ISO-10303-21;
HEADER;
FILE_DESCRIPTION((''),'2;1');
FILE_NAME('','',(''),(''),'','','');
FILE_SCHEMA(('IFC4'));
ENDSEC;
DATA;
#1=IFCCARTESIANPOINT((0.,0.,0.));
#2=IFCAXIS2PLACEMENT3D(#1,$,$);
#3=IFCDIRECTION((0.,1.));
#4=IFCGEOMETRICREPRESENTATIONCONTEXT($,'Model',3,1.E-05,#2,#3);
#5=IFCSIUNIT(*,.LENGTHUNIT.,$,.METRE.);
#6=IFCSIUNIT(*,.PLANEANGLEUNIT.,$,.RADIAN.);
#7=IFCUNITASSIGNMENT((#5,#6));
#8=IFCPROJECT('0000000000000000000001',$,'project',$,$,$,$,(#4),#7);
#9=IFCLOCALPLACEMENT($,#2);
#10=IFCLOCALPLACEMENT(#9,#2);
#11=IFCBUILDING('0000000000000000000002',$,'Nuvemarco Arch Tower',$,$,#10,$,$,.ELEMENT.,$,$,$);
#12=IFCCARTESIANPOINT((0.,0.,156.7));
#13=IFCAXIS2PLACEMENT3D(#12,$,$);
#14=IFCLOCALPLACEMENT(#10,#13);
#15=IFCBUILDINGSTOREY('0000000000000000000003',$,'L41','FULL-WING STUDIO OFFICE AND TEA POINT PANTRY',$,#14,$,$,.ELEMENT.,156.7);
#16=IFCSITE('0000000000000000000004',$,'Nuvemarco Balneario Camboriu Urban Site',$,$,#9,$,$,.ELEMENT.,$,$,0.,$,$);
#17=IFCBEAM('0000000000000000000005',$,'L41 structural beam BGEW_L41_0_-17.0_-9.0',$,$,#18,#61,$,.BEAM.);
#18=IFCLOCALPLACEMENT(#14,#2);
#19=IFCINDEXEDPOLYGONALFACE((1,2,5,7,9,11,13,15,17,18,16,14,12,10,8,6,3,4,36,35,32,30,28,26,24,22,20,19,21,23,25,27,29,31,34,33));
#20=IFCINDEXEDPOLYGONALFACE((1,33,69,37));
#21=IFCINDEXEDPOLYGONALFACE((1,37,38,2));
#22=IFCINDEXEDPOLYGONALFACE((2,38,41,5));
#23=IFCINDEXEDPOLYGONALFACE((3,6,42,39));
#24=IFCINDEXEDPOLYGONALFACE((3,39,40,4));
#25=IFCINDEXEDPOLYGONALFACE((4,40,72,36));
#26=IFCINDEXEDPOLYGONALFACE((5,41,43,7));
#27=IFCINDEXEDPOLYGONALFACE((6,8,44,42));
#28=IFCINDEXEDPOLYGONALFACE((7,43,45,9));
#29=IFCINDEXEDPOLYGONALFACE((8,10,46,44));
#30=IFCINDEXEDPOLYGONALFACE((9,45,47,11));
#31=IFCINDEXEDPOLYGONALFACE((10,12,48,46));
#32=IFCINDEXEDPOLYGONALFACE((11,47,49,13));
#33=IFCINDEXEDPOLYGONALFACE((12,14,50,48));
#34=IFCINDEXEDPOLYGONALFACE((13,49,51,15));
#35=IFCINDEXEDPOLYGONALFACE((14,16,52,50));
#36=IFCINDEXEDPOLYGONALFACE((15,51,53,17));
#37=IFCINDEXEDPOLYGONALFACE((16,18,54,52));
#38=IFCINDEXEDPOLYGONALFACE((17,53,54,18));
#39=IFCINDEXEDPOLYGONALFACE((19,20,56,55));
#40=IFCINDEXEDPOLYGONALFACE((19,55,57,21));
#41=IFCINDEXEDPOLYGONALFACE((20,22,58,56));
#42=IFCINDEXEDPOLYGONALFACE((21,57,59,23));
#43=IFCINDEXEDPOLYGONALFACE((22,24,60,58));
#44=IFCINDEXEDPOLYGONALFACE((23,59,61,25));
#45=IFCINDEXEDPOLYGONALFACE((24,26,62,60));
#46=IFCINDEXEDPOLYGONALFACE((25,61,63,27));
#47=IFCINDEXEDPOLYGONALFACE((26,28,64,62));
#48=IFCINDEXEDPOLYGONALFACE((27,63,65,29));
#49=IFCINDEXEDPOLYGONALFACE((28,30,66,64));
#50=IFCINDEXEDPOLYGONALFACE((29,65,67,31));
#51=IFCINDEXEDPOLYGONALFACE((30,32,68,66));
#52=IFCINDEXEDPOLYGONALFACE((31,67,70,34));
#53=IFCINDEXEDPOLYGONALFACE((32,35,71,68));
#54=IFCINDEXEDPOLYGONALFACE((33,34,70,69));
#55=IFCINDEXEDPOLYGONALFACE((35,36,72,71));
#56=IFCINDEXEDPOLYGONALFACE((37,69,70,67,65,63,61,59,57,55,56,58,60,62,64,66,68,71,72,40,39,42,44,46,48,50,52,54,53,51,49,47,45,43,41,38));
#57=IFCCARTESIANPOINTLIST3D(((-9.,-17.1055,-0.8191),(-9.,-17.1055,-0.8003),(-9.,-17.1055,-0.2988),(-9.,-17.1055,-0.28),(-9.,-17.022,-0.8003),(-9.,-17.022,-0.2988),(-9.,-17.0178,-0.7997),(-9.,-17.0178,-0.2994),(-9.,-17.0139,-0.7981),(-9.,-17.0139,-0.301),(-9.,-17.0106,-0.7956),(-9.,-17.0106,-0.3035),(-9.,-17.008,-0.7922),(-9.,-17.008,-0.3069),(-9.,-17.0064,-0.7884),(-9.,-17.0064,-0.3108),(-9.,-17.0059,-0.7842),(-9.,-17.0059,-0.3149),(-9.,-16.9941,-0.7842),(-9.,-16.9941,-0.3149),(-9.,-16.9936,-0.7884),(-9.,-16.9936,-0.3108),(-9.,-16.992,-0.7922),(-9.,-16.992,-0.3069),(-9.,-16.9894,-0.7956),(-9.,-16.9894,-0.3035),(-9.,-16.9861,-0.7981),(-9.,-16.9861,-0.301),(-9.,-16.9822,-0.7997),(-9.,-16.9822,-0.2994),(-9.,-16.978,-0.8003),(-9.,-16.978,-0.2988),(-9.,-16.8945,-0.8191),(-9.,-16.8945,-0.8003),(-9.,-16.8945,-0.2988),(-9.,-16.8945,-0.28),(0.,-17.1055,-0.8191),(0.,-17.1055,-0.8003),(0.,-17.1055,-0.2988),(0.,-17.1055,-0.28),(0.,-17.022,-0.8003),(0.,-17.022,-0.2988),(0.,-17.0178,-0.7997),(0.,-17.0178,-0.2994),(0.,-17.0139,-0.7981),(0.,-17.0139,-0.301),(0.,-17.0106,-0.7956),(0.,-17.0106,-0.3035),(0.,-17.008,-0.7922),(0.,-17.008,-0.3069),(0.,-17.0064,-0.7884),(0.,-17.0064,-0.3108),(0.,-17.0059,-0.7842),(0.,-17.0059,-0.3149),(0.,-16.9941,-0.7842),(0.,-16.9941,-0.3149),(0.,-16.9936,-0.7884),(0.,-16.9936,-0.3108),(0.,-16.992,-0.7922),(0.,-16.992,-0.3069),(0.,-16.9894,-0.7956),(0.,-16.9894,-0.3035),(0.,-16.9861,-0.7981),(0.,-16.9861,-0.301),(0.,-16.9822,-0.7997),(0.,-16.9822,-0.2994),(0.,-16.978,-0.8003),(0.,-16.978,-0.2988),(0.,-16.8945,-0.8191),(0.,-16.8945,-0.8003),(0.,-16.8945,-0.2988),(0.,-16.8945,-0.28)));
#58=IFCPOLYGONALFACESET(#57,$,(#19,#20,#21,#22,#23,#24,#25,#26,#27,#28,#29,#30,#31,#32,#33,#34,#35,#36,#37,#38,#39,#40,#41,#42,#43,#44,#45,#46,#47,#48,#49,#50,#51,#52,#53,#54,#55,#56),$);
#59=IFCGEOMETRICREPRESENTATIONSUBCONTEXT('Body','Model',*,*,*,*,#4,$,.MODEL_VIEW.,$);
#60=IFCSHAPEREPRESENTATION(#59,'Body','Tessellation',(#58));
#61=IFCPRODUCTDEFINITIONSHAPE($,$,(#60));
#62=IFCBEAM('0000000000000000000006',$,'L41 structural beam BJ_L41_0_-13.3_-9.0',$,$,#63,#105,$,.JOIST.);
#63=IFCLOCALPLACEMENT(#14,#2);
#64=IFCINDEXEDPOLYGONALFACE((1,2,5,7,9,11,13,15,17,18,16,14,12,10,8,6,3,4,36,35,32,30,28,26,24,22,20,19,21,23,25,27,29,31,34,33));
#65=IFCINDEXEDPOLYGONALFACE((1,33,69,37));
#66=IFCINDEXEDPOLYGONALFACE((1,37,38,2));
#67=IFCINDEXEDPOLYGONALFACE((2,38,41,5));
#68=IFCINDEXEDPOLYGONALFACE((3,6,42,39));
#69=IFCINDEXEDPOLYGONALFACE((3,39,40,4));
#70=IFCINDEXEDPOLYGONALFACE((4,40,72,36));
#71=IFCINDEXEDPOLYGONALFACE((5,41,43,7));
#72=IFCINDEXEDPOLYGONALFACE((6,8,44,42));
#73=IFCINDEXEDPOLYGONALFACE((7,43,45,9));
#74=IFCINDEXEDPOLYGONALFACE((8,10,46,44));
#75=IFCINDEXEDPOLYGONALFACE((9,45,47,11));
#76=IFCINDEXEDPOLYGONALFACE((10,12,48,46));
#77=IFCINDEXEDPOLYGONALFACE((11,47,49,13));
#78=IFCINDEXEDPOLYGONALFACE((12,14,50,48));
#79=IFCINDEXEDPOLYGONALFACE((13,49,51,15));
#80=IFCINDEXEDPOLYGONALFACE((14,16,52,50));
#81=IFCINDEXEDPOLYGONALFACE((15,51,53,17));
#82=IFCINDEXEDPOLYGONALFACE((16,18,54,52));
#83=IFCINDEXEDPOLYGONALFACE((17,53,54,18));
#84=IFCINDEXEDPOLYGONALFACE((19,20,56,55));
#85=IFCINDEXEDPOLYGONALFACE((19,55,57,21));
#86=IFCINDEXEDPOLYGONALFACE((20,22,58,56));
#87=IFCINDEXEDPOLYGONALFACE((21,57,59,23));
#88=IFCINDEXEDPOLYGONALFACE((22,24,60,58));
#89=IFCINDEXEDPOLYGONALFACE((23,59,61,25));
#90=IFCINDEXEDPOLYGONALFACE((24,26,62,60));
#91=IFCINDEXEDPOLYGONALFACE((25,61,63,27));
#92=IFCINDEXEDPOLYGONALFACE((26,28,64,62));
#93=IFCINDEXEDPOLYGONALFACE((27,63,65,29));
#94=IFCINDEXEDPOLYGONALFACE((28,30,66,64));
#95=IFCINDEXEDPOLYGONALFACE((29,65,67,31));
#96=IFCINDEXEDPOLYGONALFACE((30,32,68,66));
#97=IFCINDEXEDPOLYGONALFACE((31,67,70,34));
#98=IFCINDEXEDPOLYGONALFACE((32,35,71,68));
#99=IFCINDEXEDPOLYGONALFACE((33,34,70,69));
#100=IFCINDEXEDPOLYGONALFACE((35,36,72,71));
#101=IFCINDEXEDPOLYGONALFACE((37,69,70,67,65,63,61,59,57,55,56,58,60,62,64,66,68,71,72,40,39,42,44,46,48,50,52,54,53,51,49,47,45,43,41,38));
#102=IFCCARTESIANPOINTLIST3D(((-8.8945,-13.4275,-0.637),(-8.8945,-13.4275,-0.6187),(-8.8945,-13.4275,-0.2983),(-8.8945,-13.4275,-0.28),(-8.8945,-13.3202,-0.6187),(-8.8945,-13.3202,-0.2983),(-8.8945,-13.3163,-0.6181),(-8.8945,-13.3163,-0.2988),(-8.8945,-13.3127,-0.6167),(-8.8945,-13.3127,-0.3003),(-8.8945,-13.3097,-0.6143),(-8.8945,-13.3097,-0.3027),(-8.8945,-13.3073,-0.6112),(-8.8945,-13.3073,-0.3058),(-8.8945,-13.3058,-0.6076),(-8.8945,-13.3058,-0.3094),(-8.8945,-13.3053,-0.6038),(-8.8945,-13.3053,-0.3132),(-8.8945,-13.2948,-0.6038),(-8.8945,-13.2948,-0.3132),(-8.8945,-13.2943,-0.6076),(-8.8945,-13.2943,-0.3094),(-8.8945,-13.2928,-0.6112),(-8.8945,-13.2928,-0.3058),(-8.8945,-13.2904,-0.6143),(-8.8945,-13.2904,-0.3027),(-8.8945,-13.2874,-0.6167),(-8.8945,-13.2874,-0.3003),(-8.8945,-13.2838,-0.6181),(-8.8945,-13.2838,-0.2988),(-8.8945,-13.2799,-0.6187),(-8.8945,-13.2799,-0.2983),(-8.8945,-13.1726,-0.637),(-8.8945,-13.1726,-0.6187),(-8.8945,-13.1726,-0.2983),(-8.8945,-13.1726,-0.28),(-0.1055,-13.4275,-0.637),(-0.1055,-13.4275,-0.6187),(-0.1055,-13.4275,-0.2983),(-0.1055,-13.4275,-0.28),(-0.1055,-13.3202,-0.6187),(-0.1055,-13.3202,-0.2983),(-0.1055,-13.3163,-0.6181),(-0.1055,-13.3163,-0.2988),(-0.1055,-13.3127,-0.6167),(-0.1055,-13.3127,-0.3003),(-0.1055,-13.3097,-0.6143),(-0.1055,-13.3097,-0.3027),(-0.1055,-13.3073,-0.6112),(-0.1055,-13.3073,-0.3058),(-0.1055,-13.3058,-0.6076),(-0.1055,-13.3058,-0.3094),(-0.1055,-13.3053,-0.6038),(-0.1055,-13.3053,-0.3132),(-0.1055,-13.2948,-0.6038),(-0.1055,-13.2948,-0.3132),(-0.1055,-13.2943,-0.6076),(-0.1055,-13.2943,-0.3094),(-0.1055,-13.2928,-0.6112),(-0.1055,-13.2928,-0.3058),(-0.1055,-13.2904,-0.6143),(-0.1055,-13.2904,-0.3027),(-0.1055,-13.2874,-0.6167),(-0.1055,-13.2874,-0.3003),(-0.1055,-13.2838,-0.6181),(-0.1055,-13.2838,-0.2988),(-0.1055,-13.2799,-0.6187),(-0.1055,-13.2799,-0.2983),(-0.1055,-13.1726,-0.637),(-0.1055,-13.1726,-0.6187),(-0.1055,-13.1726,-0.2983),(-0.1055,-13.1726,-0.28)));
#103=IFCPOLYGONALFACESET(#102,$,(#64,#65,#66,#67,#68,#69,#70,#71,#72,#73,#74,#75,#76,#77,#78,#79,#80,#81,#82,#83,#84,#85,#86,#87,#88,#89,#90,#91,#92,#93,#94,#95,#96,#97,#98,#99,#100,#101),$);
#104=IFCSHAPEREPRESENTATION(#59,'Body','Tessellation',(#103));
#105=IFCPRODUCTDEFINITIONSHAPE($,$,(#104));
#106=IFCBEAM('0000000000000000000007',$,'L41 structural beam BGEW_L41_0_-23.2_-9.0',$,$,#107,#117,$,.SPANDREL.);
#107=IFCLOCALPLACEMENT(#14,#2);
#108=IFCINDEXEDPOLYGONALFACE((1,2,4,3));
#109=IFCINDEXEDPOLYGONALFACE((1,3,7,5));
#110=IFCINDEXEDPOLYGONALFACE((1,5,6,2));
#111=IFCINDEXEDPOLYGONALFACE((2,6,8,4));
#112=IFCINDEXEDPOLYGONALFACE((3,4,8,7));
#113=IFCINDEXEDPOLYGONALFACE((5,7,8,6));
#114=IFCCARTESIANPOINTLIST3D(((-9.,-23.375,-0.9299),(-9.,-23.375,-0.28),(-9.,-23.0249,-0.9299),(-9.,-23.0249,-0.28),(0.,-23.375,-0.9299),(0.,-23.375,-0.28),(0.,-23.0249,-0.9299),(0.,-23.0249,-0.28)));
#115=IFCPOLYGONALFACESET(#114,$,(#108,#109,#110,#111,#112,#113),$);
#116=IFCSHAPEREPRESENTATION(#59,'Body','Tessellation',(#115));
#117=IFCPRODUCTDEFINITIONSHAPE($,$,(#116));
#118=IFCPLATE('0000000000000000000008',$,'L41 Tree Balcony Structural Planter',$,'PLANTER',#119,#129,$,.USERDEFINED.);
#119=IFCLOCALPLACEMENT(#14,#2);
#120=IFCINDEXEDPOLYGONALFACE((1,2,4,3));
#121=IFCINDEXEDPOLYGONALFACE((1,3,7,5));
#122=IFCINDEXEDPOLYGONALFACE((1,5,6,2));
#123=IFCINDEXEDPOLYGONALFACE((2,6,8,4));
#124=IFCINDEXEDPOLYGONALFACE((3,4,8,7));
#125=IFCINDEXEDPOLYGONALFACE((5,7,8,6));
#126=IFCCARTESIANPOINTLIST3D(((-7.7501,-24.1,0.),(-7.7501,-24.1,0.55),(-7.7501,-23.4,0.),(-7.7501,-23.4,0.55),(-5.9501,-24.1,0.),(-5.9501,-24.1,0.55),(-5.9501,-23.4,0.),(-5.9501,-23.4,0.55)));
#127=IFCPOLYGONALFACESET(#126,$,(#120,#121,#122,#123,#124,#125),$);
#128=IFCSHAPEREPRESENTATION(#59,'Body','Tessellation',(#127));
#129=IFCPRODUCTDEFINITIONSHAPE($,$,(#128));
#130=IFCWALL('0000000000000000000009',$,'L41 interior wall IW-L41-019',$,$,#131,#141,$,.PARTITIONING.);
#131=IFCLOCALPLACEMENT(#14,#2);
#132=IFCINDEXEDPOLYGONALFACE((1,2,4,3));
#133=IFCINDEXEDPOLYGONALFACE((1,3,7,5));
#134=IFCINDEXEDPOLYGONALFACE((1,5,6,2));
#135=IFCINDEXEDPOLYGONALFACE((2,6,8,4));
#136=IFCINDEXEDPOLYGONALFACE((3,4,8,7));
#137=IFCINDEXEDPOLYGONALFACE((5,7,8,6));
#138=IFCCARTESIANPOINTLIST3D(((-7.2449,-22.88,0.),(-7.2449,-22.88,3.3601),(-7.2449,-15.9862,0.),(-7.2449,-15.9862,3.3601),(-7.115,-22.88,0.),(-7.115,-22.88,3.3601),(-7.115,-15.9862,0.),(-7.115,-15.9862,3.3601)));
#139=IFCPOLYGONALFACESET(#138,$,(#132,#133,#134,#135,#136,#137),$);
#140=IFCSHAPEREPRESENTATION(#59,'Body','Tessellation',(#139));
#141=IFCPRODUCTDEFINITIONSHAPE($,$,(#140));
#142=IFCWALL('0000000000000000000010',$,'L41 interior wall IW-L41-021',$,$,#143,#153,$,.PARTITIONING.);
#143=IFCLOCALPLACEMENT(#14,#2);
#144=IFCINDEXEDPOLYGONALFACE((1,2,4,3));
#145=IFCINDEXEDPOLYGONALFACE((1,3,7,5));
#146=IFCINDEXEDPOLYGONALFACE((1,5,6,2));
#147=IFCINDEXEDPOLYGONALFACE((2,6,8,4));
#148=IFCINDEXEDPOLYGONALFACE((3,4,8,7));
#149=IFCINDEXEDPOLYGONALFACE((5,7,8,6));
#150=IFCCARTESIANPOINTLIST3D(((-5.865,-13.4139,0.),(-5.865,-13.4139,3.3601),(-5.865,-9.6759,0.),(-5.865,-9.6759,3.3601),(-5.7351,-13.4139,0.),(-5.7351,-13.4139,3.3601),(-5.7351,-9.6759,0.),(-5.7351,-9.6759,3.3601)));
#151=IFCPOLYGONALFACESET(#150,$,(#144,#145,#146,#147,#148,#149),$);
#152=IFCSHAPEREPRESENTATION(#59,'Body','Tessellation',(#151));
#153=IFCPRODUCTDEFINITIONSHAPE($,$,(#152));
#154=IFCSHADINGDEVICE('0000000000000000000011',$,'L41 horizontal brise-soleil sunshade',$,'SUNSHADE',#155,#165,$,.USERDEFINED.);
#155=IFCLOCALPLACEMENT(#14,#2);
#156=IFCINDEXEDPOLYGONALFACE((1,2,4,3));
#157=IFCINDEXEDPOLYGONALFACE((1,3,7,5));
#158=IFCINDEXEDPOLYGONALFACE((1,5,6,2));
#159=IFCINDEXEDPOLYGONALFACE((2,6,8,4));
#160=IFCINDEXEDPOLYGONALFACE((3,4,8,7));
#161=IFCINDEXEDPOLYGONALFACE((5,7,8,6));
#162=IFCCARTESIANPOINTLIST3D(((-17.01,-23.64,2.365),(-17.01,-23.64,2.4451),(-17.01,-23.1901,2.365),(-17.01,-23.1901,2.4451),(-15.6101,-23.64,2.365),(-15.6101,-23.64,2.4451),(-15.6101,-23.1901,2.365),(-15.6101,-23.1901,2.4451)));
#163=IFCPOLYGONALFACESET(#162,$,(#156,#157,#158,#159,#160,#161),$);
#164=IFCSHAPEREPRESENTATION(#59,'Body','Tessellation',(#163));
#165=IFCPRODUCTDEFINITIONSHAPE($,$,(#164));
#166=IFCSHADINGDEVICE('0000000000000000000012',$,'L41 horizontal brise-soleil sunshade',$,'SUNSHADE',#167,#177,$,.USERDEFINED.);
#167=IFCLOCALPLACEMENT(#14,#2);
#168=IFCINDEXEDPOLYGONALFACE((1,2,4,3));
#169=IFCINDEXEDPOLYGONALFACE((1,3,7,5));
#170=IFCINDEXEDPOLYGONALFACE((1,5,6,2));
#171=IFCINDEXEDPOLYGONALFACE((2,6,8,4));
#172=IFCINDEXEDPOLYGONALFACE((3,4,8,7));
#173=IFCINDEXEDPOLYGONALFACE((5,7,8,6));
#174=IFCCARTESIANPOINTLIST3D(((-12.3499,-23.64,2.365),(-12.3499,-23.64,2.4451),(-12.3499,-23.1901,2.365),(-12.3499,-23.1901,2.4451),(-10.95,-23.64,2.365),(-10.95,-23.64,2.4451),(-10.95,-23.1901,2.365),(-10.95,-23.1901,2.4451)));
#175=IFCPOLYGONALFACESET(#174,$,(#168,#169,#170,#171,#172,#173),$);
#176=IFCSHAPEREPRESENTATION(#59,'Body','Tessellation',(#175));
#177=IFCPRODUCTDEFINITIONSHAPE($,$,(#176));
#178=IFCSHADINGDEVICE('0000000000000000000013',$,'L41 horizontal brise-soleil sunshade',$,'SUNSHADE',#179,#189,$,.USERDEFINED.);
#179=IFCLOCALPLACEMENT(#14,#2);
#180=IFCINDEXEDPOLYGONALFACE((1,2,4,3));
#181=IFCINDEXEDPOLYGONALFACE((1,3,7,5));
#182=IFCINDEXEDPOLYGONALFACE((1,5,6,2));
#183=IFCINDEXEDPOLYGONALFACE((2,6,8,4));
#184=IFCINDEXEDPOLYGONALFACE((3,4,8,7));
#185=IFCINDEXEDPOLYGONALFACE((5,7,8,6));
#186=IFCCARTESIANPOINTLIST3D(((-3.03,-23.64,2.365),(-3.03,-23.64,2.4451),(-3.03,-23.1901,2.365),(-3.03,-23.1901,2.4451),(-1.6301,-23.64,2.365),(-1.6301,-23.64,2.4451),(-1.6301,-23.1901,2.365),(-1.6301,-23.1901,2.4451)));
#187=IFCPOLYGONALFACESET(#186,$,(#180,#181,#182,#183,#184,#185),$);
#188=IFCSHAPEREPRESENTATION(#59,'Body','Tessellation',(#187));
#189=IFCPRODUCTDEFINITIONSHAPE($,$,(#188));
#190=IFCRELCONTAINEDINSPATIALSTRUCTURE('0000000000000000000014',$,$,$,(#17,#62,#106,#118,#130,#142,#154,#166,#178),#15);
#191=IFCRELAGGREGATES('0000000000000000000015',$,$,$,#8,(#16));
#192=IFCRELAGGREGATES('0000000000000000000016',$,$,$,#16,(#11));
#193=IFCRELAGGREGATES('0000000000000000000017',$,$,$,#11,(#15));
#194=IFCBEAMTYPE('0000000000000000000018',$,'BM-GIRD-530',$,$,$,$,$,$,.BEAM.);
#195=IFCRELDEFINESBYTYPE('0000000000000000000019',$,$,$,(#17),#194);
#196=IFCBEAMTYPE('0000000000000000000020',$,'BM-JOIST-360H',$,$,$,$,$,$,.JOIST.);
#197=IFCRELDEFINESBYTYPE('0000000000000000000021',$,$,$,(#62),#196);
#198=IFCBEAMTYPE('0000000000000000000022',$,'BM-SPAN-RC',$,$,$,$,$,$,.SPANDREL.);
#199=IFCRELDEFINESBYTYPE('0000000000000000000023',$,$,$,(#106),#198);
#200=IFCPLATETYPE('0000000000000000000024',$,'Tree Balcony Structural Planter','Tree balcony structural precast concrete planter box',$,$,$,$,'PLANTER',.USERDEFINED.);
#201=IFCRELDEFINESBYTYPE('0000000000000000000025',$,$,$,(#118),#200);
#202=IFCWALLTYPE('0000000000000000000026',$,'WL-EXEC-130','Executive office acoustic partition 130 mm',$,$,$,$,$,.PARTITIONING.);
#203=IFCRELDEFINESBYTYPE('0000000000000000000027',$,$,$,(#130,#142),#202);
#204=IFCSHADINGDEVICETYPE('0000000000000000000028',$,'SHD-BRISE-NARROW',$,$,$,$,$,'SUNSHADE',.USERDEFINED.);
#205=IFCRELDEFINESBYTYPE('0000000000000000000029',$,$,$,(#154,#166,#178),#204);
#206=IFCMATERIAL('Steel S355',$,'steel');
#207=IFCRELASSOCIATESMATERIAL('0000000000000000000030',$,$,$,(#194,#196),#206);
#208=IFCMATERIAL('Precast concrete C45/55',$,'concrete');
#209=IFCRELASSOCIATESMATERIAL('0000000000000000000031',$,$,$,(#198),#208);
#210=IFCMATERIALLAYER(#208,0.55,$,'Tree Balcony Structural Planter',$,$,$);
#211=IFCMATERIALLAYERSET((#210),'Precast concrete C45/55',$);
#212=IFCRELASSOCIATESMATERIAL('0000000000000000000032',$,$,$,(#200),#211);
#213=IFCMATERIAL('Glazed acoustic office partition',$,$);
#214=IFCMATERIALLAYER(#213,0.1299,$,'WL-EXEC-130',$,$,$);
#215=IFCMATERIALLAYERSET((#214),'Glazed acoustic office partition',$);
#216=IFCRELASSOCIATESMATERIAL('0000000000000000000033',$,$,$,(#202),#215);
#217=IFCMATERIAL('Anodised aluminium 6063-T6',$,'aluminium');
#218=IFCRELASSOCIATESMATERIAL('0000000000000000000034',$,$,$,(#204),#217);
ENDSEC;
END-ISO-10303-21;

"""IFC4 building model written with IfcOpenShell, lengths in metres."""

from ifc_helpers import new_model, si_unit, direction, frame, frame_2d, origin, origin_2d, place, context, subcontext, project, spatial, rectangle, i_section, extrude, source, transform, mapped, material, layer, layer_set, material_profile, profile_set, type_object, type_shapes, element, save


model = new_model("IFC4")

# Units and contexts
model_context = context("Model", 3, precision=1e-05, world=origin(), true_north=direction((0.0, 1.0)))
body_context = subcontext(model_context, "Body", "Model", "MODEL_VIEW")
ifc_project = project(units=[si_unit("LENGTHUNIT", "METRE"), si_unit("PLANEANGLEUNIT", "RADIAN")], contexts=[model_context])

# Site, building, storey
site_placement = place(None, origin())
site = spatial("IfcSite", under=ifc_project, at=site_placement, Name="Nuvemarco Balneario Camboriu Urban Site", CompositionType="ELEMENT", RefElevation=0.0)
building_placement = place(site_placement, origin())
building = spatial("IfcBuilding", under=site, at=building_placement, Name="Nuvemarco Arch Tower", CompositionType="ELEMENT")
storey_placement = place(building_placement, frame((0.0, 0.0, 156.7)))
storey = spatial("IfcBuildingStorey", under=building, at=storey_placement, Name="L41", Description="FULL-WING STUDIO OFFICE AND TEA POINT PANTRY", CompositionType="ELEMENT", Elevation=156.7)

# Shared definitions
ifc_material_1 = material(Name="Steel S355", Category="steel")

# Beams
ifc_material_profile_1 = material_profile(ifc_material_1, i_section(OverallWidth=0.2109, OverallDepth=0.5391, WebThickness=0.0117, FlangeThickness=0.0188, FilletRadius=0.0161, at=origin_2d()), Name="W530x109")
ifc_profile_set_1 = profile_set([ifc_material_profile_1], Name="Steel S355")
beam_type_1 = type_object("IfcBeamType", Name="BM-GIRD-530", PredefinedType="BEAM", material=ifc_profile_set_1)
beam_1_placement = place(storey_placement, frame((-9.0, -17.0, -0.5496), z_axis=(1.0, 0.0, 0.0), x_axis=(0.0, 1.0, 0.0)))
element("IfcBeam", 1, at=beam_1_placement, inside=storey, type_object=beam_type_1, Name="L41 structural beam BGEW_L41_0_-17.0_-9.0", PredefinedType="BEAM", context=body_context, shape_type="SweptSolid", body=[
    extrude(i_section(OverallWidth=0.2109, OverallDepth=0.5391, WebThickness=0.0117, FlangeThickness=0.0188, FilletRadius=0.0161, at=origin_2d()), origin(), (0.0, 0.0, 1.0), 9.0),
])
ifc_material_profile_2 = material_profile(ifc_material_1, i_section(OverallWidth=0.2549, OverallDepth=0.3569, WebThickness=0.0105, FlangeThickness=0.0183, FilletRadius=0.0149, at=origin_2d()), Name="W360x101")
ifc_profile_set_2 = profile_set([ifc_material_profile_2], Name="Steel S355")
beam_type_2 = type_object("IfcBeamType", Name="BM-JOIST-360H", PredefinedType="JOIST", material=ifc_profile_set_2)
beam_2_placement = place(storey_placement, frame((-8.8945, -13.3, -0.4585), z_axis=(1.0, 0.0, 0.0), x_axis=(0.0, 1.0, 0.0)))
element("IfcBeam", 2, at=beam_2_placement, inside=storey, type_object=beam_type_2, Name="L41 structural beam BJ_L41_0_-13.3_-9.0", PredefinedType="JOIST", context=body_context, shape_type="SweptSolid", body=[
    extrude(i_section(OverallWidth=0.2549, OverallDepth=0.3569, WebThickness=0.0105, FlangeThickness=0.0183, FilletRadius=0.0149, at=origin_2d()), origin(), (0.0, 0.0, 1.0), 8.7891),
])
ifc_material_2 = material(Name="Precast concrete C45/55", Category="concrete")
ifc_material_profile_3 = material_profile(ifc_material_2, rectangle(XDim=0.3501, YDim=0.6499, at=origin_2d()), Name="PC-SP-350x650")
ifc_profile_set_3 = profile_set([ifc_material_profile_3], Name="Precast concrete C45/55")
beam_type_3 = type_object("IfcBeamType", Name="BM-SPAN-RC", PredefinedType="SPANDREL", material=ifc_profile_set_3)
beam_3_placement = place(storey_placement, frame((-9.0, -23.2, -0.605), z_axis=(1.0, 0.0, 0.0), x_axis=(0.0, 1.0, 0.0)))
element("IfcBeam", 3, at=beam_3_placement, inside=storey, type_object=beam_type_3, Name="L41 structural beam BGEW_L41_0_-23.2_-9.0", PredefinedType="SPANDREL", context=body_context, shape_type="SweptSolid", body=[
    extrude(rectangle(XDim=0.3501, YDim=0.6499, at=origin_2d()), origin(), (0.0, 0.0, 1.0), 9.0),
])

# Plate
ifc_layer_1 = layer(ifc_material_2, 0.55, Name="Tree Balcony Structural Planter")
ifc_layer_set_1 = layer_set([ifc_layer_1], Name="Precast concrete C45/55")
plate_type = type_object("IfcPlateType", Name="Tree Balcony Structural Planter", Description="Tree balcony structural precast concrete planter box", ElementType="PLANTER", PredefinedType="USERDEFINED", material=ifc_layer_set_1)
shared_shape_1 = source(origin(), body_context, "Body", "SweptSolid", [
    extrude(rectangle(XDim=1.8, YDim=0.7, at=origin_2d()), origin(), (0.0, 0.0, 1.0), 0.55),
])
type_shapes(plate_type, [shared_shape_1])
plate_placement = place(storey_placement, frame((-6.8501, -23.75, 0.0), z_axis=(0.0, 0.0, 1.0), x_axis=(1.0, 0.0, 0.0)))
element("IfcPlate", 4, at=plate_placement, inside=storey, type_object=plate_type, Name="L41 Tree Balcony Structural Planter", ObjectType="PLANTER", PredefinedType="USERDEFINED", context=body_context, shape_type="MappedRepresentation", body=[
    mapped(shared_shape_1, transform((0.0, 0.0, 0.0), scale=1.0)),
])

# Walls
ifc_material_3 = material(Name="Glazed acoustic office partition")
ifc_layer_2 = layer(ifc_material_3, 0.1299, Name="WL-EXEC-130")
ifc_layer_set_2 = layer_set([ifc_layer_2], Name="Glazed acoustic office partition")
wall_type = type_object("IfcWallType", Name="WL-EXEC-130", Description="Executive office acoustic partition 130 mm", PredefinedType="PARTITIONING", material=ifc_layer_set_2)
wall_1_placement = place(storey_placement, frame((-7.1799, -22.8799, 0.0), z_axis=(0.0, 0.0, 1.0), x_axis=(0.0, 1.0, 0.0)))
element("IfcWall", 5, at=wall_1_placement, inside=storey, type_object=wall_type, Name="L41 interior wall IW-L41-019", PredefinedType="PARTITIONING", context=body_context, shape_type="SweptSolid", body=[
    extrude(rectangle(XDim=6.8938, YDim=0.1299, at=frame_2d((3.4468, 0.0))), origin(), (0.0, 0.0, 1.0), 3.3601),
])
wall_2_placement = place(storey_placement, frame((-5.8, -13.4141, 0.0), z_axis=(0.0, 0.0, 1.0), x_axis=(0.0, 1.0, 0.0)))
element("IfcWall", 6, at=wall_2_placement, inside=storey, type_object=wall_type, Name="L41 interior wall IW-L41-021", PredefinedType="PARTITIONING", context=body_context, shape_type="SweptSolid", body=[
    extrude(rectangle(XDim=3.738, YDim=0.1299, at=frame_2d((1.8691, 0.0))), origin(), (0.0, 0.0, 1.0), 3.3601),
])

# Shading devices
ifc_material_4 = material(Name="Anodised aluminium 6063-T6", Category="aluminium")
shading_device_type = type_object("IfcShadingDeviceType", Name="SHD-BRISE-NARROW", ElementType="SUNSHADE", PredefinedType="USERDEFINED", material=ifc_material_4)
shared_shape_2 = source(origin(), body_context, "Body", "SweptSolid", [
    extrude(rectangle(XDim=1.3999, YDim=0.45, at=origin_2d()), origin(), (0.0, 0.0, 1.0), 0.0801),
])
type_shapes(shading_device_type, [shared_shape_2])
for number, where, z_axis, x_axis, name in (
    (7, (-16.3101, -23.415, 2.365), (0.0, 0.0, 1.0), (1.0, 0.0, 0.0), "L41 horizontal brise-soleil sunshade"),
    (8, (-11.6499, -23.415, 2.365), (0.0, 0.0, 1.0), (1.0, 0.0, 0.0), "L41 horizontal brise-soleil sunshade"),
    (9, (-2.3301, -23.415, 2.365), (0.0, 0.0, 1.0), (1.0, 0.0, 0.0), "L41 horizontal brise-soleil sunshade"),
):
    element("IfcShadingDevice", number, at=place(storey_placement, frame(where, z_axis=z_axis, x_axis=x_axis)), inside=storey, type_object=shading_device_type, Name=name, ObjectType="SUNSHADE", PredefinedType="USERDEFINED", context=body_context, shape_type="MappedRepresentation", body=[
        mapped(shared_shape_2, transform((0.0, 0.0, 0.0), scale=1.0)),
    ])

save(model, "model.ifc")
